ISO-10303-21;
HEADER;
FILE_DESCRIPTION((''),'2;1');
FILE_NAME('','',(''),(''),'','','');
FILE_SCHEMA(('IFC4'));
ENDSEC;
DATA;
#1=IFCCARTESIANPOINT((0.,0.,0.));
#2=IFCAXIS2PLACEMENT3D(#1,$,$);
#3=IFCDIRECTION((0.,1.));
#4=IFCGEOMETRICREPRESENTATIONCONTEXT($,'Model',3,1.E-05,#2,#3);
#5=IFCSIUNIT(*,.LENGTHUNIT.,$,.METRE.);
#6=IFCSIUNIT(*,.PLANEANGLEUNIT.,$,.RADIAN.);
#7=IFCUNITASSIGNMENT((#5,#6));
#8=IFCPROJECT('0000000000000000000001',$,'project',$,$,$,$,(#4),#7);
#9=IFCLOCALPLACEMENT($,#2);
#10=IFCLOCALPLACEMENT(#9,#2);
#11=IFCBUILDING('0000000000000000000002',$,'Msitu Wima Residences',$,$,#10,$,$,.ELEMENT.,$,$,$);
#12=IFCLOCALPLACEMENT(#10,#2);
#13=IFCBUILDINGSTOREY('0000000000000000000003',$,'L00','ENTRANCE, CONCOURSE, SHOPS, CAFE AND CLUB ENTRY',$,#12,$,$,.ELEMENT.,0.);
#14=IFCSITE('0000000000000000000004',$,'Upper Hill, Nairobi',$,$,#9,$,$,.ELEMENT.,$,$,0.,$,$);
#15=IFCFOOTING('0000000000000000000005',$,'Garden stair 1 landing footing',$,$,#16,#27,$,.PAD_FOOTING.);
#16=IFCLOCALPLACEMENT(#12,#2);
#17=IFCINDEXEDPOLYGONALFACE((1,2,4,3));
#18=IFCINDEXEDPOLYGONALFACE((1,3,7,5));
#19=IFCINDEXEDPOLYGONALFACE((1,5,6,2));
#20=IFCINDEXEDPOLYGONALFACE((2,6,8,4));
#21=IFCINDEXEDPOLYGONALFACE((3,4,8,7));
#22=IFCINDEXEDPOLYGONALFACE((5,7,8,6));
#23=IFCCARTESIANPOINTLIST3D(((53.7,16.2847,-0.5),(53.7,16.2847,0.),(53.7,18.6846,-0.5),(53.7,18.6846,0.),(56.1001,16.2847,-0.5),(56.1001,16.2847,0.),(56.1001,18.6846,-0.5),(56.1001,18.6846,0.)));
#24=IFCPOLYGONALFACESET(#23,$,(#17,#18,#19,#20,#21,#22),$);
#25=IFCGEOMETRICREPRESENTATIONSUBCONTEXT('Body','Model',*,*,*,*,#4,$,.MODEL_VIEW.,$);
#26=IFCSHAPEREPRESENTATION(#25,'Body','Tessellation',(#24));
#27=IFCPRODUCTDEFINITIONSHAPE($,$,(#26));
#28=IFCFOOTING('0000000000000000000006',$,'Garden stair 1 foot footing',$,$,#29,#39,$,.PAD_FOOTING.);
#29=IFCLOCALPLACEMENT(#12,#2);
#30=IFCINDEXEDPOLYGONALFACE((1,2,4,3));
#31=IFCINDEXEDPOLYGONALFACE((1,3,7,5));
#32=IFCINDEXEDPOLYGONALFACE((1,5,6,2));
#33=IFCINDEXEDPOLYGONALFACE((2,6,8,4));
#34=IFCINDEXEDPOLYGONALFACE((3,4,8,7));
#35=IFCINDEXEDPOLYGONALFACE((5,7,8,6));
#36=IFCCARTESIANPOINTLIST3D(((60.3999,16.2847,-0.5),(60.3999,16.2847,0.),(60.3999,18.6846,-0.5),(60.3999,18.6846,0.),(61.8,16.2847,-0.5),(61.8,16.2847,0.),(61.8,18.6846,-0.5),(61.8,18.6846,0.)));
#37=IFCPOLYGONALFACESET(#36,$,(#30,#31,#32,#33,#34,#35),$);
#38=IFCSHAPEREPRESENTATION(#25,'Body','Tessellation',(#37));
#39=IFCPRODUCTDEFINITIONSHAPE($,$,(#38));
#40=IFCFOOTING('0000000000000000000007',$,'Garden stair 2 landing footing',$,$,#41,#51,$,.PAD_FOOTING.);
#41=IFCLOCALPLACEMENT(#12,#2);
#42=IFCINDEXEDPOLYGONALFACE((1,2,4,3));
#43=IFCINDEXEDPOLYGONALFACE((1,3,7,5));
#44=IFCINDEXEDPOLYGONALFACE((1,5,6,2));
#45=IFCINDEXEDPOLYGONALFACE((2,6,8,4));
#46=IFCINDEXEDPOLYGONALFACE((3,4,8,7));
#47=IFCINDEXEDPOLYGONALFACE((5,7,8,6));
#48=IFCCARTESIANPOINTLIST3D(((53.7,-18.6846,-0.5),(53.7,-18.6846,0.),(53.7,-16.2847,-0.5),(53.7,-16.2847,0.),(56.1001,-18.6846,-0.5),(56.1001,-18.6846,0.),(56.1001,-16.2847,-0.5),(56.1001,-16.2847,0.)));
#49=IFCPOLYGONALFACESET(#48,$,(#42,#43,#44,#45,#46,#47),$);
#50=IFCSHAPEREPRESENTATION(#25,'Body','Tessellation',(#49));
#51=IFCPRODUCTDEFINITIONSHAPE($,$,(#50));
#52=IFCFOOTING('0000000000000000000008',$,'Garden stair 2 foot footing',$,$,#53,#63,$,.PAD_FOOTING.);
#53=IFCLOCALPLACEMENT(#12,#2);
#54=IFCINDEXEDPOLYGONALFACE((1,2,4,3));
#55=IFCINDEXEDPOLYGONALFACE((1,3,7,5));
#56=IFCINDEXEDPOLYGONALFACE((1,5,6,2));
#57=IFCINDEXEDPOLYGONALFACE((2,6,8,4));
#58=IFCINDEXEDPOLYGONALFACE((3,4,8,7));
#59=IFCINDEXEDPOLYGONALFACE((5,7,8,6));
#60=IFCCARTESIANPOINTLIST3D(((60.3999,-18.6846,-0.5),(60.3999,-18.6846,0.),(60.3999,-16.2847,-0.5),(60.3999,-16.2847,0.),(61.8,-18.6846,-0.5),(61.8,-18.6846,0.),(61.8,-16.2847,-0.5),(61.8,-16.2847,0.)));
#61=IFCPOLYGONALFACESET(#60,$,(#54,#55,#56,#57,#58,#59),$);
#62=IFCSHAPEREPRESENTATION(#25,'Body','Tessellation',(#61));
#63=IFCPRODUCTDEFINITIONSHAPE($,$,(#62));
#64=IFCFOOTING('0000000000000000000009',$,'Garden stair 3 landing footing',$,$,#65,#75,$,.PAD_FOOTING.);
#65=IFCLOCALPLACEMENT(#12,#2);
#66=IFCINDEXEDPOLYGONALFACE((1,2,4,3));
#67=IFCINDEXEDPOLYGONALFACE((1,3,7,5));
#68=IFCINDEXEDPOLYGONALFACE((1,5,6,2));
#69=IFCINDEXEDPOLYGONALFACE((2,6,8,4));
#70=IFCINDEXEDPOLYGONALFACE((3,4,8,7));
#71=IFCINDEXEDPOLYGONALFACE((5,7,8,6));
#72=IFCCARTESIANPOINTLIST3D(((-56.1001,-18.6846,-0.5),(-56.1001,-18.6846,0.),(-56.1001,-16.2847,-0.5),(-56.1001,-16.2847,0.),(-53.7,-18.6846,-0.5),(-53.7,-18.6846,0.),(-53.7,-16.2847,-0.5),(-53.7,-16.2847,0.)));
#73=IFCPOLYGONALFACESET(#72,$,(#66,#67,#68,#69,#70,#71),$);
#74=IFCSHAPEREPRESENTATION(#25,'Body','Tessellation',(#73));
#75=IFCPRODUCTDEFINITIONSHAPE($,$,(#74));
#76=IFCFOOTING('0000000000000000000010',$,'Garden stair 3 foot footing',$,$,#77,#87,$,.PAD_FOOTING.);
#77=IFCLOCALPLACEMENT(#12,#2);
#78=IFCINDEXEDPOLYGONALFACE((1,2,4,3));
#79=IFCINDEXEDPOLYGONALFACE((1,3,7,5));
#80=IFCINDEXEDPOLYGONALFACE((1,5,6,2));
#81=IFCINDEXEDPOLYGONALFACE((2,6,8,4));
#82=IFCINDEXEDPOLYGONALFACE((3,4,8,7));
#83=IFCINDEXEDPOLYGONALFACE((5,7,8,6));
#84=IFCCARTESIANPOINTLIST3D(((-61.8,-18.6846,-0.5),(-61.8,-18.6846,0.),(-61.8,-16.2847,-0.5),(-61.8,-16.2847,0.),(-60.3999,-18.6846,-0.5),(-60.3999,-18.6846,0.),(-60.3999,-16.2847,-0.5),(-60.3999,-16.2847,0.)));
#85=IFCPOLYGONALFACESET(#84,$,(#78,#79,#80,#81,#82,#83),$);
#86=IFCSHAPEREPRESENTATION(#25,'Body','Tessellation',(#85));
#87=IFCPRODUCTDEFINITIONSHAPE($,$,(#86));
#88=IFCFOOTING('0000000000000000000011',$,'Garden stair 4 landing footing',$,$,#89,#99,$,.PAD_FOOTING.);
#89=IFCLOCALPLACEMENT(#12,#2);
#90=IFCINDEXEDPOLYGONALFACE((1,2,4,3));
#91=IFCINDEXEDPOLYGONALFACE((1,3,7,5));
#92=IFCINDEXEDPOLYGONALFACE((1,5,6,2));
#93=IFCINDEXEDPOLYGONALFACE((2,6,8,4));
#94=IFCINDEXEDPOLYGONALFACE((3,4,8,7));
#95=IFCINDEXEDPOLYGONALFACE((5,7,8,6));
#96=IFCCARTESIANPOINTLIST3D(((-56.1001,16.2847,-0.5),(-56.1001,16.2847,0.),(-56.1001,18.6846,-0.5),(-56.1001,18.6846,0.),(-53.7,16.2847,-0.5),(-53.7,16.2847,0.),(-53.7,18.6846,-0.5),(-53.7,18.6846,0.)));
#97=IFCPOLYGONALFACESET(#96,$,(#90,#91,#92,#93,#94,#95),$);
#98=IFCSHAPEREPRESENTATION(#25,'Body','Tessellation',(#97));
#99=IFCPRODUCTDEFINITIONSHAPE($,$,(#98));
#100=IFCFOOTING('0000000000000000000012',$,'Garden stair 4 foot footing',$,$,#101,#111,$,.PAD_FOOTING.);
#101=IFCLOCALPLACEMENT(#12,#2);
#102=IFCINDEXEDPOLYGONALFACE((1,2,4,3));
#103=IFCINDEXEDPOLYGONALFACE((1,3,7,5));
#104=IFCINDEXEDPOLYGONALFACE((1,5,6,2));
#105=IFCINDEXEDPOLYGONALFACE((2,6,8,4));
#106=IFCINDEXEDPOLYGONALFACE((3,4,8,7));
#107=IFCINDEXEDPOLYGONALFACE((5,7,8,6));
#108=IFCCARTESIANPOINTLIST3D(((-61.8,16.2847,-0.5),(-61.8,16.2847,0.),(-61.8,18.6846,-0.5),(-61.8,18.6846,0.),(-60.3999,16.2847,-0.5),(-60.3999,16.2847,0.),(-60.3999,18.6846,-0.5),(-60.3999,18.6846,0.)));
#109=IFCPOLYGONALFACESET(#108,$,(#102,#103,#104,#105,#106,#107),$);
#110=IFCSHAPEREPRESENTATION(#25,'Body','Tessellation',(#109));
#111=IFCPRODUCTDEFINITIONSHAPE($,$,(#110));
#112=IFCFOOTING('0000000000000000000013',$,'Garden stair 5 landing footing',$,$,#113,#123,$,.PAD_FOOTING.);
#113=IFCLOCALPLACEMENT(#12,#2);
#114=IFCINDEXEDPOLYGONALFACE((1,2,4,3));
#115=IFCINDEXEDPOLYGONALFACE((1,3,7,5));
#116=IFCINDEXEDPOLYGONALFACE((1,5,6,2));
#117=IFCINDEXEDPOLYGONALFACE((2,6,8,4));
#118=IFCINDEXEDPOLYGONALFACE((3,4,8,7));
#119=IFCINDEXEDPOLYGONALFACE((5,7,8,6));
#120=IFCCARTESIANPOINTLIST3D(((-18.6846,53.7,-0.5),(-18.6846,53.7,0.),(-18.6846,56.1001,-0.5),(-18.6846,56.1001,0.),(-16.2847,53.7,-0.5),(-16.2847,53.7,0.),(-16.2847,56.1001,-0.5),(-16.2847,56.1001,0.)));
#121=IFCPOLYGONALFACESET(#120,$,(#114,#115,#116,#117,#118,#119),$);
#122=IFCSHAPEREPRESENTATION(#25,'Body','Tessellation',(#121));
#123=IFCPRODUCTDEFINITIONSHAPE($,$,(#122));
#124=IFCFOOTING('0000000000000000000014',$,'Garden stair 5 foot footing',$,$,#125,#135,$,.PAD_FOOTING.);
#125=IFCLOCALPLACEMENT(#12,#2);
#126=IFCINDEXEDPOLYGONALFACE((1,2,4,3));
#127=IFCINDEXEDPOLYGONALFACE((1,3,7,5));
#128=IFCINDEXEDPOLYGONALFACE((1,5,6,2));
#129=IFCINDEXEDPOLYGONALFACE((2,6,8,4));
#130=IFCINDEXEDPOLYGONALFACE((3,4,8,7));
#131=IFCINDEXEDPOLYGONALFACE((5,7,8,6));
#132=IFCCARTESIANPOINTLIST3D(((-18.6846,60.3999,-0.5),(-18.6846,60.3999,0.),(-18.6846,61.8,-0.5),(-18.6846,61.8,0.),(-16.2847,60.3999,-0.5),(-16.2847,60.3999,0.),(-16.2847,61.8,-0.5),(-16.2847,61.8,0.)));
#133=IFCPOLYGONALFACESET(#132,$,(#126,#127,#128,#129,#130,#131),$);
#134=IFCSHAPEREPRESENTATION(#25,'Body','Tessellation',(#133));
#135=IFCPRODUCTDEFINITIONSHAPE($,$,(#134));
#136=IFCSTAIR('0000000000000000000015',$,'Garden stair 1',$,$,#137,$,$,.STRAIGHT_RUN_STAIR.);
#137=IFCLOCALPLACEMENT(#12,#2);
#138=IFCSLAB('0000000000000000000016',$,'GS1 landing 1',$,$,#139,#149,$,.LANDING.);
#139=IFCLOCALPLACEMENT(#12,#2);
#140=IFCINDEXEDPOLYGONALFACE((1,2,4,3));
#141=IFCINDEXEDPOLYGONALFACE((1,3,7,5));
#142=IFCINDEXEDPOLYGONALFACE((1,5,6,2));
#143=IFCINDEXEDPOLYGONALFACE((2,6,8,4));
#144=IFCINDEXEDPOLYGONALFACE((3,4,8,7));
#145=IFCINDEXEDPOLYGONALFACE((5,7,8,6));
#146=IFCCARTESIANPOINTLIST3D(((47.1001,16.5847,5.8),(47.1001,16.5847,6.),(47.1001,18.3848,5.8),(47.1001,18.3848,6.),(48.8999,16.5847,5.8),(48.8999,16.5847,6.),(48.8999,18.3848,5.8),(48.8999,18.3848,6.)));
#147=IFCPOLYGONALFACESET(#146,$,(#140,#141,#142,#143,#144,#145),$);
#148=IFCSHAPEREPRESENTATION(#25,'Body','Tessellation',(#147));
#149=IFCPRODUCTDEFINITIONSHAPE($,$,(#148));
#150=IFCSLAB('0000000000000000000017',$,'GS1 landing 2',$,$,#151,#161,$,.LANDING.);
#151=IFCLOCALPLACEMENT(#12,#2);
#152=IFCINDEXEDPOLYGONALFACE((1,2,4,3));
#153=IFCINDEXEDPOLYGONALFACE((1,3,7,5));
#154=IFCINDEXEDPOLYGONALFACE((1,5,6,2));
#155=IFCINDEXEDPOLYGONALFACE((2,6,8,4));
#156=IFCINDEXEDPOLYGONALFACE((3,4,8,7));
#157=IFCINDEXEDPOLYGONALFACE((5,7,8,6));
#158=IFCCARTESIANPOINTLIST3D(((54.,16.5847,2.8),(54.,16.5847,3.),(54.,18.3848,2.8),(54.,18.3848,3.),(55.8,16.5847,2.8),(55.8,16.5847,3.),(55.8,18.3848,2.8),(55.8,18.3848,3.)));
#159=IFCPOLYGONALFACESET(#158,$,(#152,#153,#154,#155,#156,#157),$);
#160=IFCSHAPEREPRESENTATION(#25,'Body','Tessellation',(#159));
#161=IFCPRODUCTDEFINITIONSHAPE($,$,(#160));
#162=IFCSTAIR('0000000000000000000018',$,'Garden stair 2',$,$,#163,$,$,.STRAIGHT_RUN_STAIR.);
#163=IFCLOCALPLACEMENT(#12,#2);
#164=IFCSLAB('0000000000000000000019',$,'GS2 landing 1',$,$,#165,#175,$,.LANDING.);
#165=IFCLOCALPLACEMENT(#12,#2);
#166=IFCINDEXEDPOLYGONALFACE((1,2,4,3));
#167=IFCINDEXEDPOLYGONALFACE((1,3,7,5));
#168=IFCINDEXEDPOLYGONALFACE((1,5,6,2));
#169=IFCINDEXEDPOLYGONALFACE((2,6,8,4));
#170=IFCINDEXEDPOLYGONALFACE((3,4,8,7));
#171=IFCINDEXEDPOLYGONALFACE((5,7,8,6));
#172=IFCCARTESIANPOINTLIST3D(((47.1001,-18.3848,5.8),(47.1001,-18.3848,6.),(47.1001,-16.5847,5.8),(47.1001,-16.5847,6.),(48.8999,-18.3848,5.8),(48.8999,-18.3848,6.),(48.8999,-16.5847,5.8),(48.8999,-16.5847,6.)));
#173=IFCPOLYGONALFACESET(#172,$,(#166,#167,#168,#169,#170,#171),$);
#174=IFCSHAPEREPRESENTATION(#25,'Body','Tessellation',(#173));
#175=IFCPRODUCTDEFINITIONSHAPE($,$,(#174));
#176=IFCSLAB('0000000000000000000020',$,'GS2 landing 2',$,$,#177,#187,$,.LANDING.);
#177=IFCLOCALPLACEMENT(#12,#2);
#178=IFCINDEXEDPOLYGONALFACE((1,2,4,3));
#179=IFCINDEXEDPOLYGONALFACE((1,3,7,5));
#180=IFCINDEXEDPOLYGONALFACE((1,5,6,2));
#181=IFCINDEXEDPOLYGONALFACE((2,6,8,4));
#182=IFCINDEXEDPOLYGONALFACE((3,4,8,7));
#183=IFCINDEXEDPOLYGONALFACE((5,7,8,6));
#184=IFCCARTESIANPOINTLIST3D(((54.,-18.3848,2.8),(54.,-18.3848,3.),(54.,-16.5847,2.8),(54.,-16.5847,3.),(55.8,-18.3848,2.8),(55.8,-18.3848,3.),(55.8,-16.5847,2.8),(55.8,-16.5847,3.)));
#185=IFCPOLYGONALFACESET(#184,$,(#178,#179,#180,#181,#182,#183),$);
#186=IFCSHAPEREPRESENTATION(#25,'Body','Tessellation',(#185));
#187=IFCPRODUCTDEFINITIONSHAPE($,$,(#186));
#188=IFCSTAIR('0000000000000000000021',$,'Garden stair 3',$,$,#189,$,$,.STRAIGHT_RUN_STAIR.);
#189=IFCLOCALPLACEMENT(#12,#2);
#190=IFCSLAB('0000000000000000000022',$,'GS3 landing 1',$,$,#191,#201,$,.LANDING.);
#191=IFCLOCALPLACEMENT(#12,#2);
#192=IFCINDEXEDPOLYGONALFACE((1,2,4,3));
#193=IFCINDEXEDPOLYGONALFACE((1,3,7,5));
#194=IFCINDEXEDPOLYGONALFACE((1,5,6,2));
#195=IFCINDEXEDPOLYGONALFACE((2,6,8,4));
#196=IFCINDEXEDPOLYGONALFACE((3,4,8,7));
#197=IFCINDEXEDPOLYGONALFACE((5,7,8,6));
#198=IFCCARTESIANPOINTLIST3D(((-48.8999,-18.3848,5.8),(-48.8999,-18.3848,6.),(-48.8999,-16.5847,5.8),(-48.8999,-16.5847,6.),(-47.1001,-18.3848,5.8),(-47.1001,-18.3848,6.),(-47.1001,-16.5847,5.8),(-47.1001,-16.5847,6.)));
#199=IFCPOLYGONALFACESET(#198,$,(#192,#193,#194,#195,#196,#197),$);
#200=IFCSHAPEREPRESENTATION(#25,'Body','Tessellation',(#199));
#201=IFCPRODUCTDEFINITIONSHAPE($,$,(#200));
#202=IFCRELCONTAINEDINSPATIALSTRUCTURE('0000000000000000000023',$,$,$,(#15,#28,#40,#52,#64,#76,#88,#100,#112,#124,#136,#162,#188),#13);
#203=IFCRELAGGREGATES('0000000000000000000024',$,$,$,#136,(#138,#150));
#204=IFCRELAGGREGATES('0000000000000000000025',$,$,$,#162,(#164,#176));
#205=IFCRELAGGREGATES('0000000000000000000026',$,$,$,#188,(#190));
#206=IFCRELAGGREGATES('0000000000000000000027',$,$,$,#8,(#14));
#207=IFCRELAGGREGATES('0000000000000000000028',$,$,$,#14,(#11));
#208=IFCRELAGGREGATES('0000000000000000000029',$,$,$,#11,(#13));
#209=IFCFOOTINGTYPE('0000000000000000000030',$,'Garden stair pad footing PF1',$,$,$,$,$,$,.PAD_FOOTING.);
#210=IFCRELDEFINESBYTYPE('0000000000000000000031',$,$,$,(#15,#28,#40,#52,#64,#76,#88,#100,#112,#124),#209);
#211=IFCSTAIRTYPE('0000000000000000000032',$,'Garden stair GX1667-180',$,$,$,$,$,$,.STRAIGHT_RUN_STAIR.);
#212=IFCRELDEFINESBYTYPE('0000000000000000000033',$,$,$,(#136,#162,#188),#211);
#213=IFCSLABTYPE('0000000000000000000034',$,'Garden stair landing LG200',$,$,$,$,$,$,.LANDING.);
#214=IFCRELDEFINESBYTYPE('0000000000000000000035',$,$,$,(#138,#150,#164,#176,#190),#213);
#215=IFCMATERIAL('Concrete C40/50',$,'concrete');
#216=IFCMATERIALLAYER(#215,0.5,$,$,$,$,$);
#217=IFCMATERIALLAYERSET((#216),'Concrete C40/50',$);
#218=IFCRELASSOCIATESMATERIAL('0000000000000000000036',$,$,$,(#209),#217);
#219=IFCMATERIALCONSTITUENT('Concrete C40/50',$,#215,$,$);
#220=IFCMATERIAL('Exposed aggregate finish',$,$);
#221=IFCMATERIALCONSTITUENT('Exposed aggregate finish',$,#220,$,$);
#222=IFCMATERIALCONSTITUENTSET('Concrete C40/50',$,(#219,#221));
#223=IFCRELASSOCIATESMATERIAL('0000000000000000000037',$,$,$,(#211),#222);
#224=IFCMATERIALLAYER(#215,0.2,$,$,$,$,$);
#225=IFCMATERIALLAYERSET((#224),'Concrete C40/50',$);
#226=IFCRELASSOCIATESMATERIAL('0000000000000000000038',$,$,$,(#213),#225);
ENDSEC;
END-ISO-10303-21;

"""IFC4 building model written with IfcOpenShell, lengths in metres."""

from ifc_helpers import new_model, si_unit, direction, frame, origin, place, context, subcontext, project, spatial, polyline, outline, extrude, material, layer, layer_set, constituent, constituent_set, type_object, element, aggregate, save


model = new_model("IFC4")

# Units and contexts
model_context = context("Model", 3, precision=1e-05, world=origin(), true_north=direction((0.0, 1.0)))
body_context = subcontext(model_context, "Body", "Model", "MODEL_VIEW")
ifc_project = project(units=[si_unit("LENGTHUNIT", "METRE"), si_unit("PLANEANGLEUNIT", "RADIAN")], contexts=[model_context])

# Site, building, storey
site_placement = place(None, origin())
site = spatial("IfcSite", under=ifc_project, at=site_placement, Name="Upper Hill, Nairobi", CompositionType="ELEMENT", RefElevation=0.0)
building_placement = place(site_placement, origin())
building = spatial("IfcBuilding", under=site, at=building_placement, Name="Msitu Wima Residences", CompositionType="ELEMENT")
storey_placement = place(building_placement, origin())
storey = spatial("IfcBuildingStorey", under=building, at=storey_placement, Name="L00", Description="ENTRANCE, CONCOURSE, SHOPS, CAFE AND CLUB ENTRY", CompositionType="ELEMENT", Elevation=0.0)

# Footings
ifc_material_1 = material(Name="Concrete C40/50", Category="concrete")
ifc_layer_1 = layer(ifc_material_1, 0.5)
ifc_layer_set_1 = layer_set([ifc_layer_1], Name="Concrete C40/50")
footing_type = type_object("IfcFootingType", Name="Garden stair pad footing PF1", PredefinedType="PAD_FOOTING", material=ifc_layer_set_1)
footing_1_placement = place(storey_placement, frame((0.0, 0.0, -0.5)))
element("IfcFooting", 1, at=footing_1_placement, inside=storey, type_object=footing_type, Name="Garden stair 1 landing footing", PredefinedType="PAD_FOOTING", context=body_context, shape_type="SweptSolid", body=[
    extrude(outline(polyline([(53.7, 16.2847), (53.7, 18.6846), (56.1001, 18.6846), (56.1001, 16.2847), (53.7, 16.2847)])), origin(), (0.0, 0.0, 1.0), 0.5),
])
footing_2_placement = place(storey_placement, frame((0.0, 0.0, -0.5)))
element("IfcFooting", 2, at=footing_2_placement, inside=storey, type_object=footing_type, Name="Garden stair 1 foot footing", PredefinedType="PAD_FOOTING", context=body_context, shape_type="SweptSolid", body=[
    extrude(outline(polyline([(60.3999, 16.2847), (60.3999, 18.6846), (61.8, 18.6846), (61.8, 16.2847), (60.3999, 16.2847)])), origin(), (0.0, 0.0, 1.0), 0.5),
])
footing_3_placement = place(storey_placement, frame((0.0, 0.0, -0.5)))
element("IfcFooting", 3, at=footing_3_placement, inside=storey, type_object=footing_type, Name="Garden stair 2 landing footing", PredefinedType="PAD_FOOTING", context=body_context, shape_type="SweptSolid", body=[
    extrude(outline(polyline([(53.7, -18.6846), (53.7, -16.2847), (56.1001, -16.2847), (56.1001, -18.6846), (53.7, -18.6846)])), origin(), (0.0, 0.0, 1.0), 0.5),
])
footing_4_placement = place(storey_placement, frame((0.0, 0.0, -0.5)))
element("IfcFooting", 4, at=footing_4_placement, inside=storey, type_object=footing_type, Name="Garden stair 2 foot footing", PredefinedType="PAD_FOOTING", context=body_context, shape_type="SweptSolid", body=[
    extrude(outline(polyline([(60.3999, -18.6846), (60.3999, -16.2847), (61.8, -16.2847), (61.8, -18.6846), (60.3999, -18.6846)])), origin(), (0.0, 0.0, 1.0), 0.5),
])
footing_5_placement = place(storey_placement, frame((0.0, 0.0, -0.5)))
element("IfcFooting", 5, at=footing_5_placement, inside=storey, type_object=footing_type, Name="Garden stair 3 landing footing", PredefinedType="PAD_FOOTING", context=body_context, shape_type="SweptSolid", body=[
    extrude(outline(polyline([(-53.7, -16.2847), (-53.7, -18.6846), (-56.1001, -18.6846), (-56.1001, -16.2847), (-53.7, -16.2847)])), origin(), (0.0, 0.0, 1.0), 0.5),
])
footing_6_placement = place(storey_placement, frame((0.0, 0.0, -0.5)))
element("IfcFooting", 6, at=footing_6_placement, inside=storey, type_object=footing_type, Name="Garden stair 3 foot footing", PredefinedType="PAD_FOOTING", context=body_context, shape_type="SweptSolid", body=[
    extrude(outline(polyline([(-60.3999, -16.2847), (-60.3999, -18.6846), (-61.8, -18.6846), (-61.8, -16.2847), (-60.3999, -16.2847)])), origin(), (0.0, 0.0, 1.0), 0.5),
])
footing_7_placement = place(storey_placement, frame((0.0, 0.0, -0.5)))
element("IfcFooting", 7, at=footing_7_placement, inside=storey, type_object=footing_type, Name="Garden stair 4 landing footing", PredefinedType="PAD_FOOTING", context=body_context, shape_type="SweptSolid", body=[
    extrude(outline(polyline([(-53.7, 18.6846), (-53.7, 16.2847), (-56.1001, 16.2847), (-56.1001, 18.6846), (-53.7, 18.6846)])), origin(), (0.0, 0.0, 1.0), 0.5),
])
footing_8_placement = place(storey_placement, frame((0.0, 0.0, -0.5)))
element("IfcFooting", 8, at=footing_8_placement, inside=storey, type_object=footing_type, Name="Garden stair 4 foot footing", PredefinedType="PAD_FOOTING", context=body_context, shape_type="SweptSolid", body=[
    extrude(outline(polyline([(-60.3999, 18.6846), (-60.3999, 16.2847), (-61.8, 16.2847), (-61.8, 18.6846), (-60.3999, 18.6846)])), origin(), (0.0, 0.0, 1.0), 0.5),
])
footing_9_placement = place(storey_placement, frame((0.0, 0.0, -0.5)))
element("IfcFooting", 9, at=footing_9_placement, inside=storey, type_object=footing_type, Name="Garden stair 5 landing footing", PredefinedType="PAD_FOOTING", context=body_context, shape_type="SweptSolid", body=[
    extrude(outline(polyline([(-16.2847, 53.7), (-18.6846, 53.7), (-18.6846, 56.1001), (-16.2847, 56.1001), (-16.2847, 53.7)])), origin(), (0.0, 0.0, 1.0), 0.5),
])
footing_10_placement = place(storey_placement, frame((0.0, 0.0, -0.5)))
element("IfcFooting", 10, at=footing_10_placement, inside=storey, type_object=footing_type, Name="Garden stair 5 foot footing", PredefinedType="PAD_FOOTING", context=body_context, shape_type="SweptSolid", body=[
    extrude(outline(polyline([(-16.2847, 60.3999), (-18.6846, 60.3999), (-18.6846, 61.8), (-16.2847, 61.8), (-16.2847, 60.3999)])), origin(), (0.0, 0.0, 1.0), 0.5),
])

# Stairs, slabs
ifc_constituent_1 = constituent(ifc_material_1, Name="Concrete C40/50")
ifc_material_2 = material(Name="Exposed aggregate finish")
ifc_constituent_2 = constituent(ifc_material_2, Name="Exposed aggregate finish")
ifc_constituent_set = constituent_set(constituents=[ifc_constituent_1, ifc_constituent_2], Name="Concrete C40/50")
stair_type = type_object("IfcStairType", Name="Garden stair GX1667-180", PredefinedType="STRAIGHT_RUN_STAIR", material=ifc_constituent_set)
stair_1_placement = place(storey_placement, origin())
stair_1 = element("IfcStair", 11, at=stair_1_placement, inside=storey, type_object=stair_type, Name="Garden stair 1", PredefinedType="STRAIGHT_RUN_STAIR")
ifc_layer_2 = layer(ifc_material_1, 0.2)
ifc_layer_set_2 = layer_set([ifc_layer_2], Name="Concrete C40/50")
slab_type = type_object("IfcSlabType", Name="Garden stair landing LG200", PredefinedType="LANDING", material=ifc_layer_set_2)
slab_1_placement = place(storey_placement, frame((0.0, 0.0, 5.8)))
slab_1 = element("IfcSlab", 12, at=slab_1_placement, type_object=slab_type, Name="GS1 landing 1", PredefinedType="LANDING", context=body_context, shape_type="SweptSolid", body=[
    extrude(outline(polyline([(47.1001, 16.5847), (47.1001, 18.3848), (48.8999, 18.3848), (48.8999, 16.5847), (47.1001, 16.5847)])), origin(), (0.0, 0.0, 1.0), 0.2),
])
slab_2_placement = place(storey_placement, frame((0.0, 0.0, 2.8)))
slab_2 = element("IfcSlab", 13, at=slab_2_placement, type_object=slab_type, Name="GS1 landing 2", PredefinedType="LANDING", context=body_context, shape_type="SweptSolid", body=[
    extrude(outline(polyline([(54.0, 16.5847), (54.0, 18.3848), (55.8, 18.3848), (55.8, 16.5847), (54.0, 16.5847)])), origin(), (0.0, 0.0, 1.0), 0.2),
])
aggregate(stair_1, [slab_1, slab_2])
stair_2_placement = place(storey_placement, origin())
stair_2 = element("IfcStair", 14, at=stair_2_placement, inside=storey, type_object=stair_type, Name="Garden stair 2", PredefinedType="STRAIGHT_RUN_STAIR")
slab_3_placement = place(storey_placement, frame((0.0, 0.0, 5.8)))
slab_3 = element("IfcSlab", 15, at=slab_3_placement, type_object=slab_type, Name="GS2 landing 1", PredefinedType="LANDING", context=body_context, shape_type="SweptSolid", body=[
    extrude(outline(polyline([(47.1001, -18.3848), (47.1001, -16.5847), (48.8999, -16.5847), (48.8999, -18.3848), (47.1001, -18.3848)])), origin(), (0.0, 0.0, 1.0), 0.2),
])
slab_4_placement = place(storey_placement, frame((0.0, 0.0, 2.8)))
slab_4 = element("IfcSlab", 16, at=slab_4_placement, type_object=slab_type, Name="GS2 landing 2", PredefinedType="LANDING", context=body_context, shape_type="SweptSolid", body=[
    extrude(outline(polyline([(54.0, -18.3848), (54.0, -16.5847), (55.8, -16.5847), (55.8, -18.3848), (54.0, -18.3848)])), origin(), (0.0, 0.0, 1.0), 0.2),
])
aggregate(stair_2, [slab_3, slab_4])
stair_3_placement = place(storey_placement, origin())
stair_3 = element("IfcStair", 17, at=stair_3_placement, inside=storey, type_object=stair_type, Name="Garden stair 3", PredefinedType="STRAIGHT_RUN_STAIR")
slab_5_placement = place(storey_placement, frame((0.0, 0.0, 5.8)))
slab_5 = element("IfcSlab", 18, at=slab_5_placement, type_object=slab_type, Name="GS3 landing 1", PredefinedType="LANDING", context=body_context, shape_type="SweptSolid", body=[
    extrude(outline(polyline([(-47.1001, -16.5847), (-47.1001, -18.3848), (-48.8999, -18.3848), (-48.8999, -16.5847), (-47.1001, -16.5847)])), origin(), (0.0, 0.0, 1.0), 0.2),
])
aggregate(stair_3, [slab_5])

save(model, "model.ifc")
